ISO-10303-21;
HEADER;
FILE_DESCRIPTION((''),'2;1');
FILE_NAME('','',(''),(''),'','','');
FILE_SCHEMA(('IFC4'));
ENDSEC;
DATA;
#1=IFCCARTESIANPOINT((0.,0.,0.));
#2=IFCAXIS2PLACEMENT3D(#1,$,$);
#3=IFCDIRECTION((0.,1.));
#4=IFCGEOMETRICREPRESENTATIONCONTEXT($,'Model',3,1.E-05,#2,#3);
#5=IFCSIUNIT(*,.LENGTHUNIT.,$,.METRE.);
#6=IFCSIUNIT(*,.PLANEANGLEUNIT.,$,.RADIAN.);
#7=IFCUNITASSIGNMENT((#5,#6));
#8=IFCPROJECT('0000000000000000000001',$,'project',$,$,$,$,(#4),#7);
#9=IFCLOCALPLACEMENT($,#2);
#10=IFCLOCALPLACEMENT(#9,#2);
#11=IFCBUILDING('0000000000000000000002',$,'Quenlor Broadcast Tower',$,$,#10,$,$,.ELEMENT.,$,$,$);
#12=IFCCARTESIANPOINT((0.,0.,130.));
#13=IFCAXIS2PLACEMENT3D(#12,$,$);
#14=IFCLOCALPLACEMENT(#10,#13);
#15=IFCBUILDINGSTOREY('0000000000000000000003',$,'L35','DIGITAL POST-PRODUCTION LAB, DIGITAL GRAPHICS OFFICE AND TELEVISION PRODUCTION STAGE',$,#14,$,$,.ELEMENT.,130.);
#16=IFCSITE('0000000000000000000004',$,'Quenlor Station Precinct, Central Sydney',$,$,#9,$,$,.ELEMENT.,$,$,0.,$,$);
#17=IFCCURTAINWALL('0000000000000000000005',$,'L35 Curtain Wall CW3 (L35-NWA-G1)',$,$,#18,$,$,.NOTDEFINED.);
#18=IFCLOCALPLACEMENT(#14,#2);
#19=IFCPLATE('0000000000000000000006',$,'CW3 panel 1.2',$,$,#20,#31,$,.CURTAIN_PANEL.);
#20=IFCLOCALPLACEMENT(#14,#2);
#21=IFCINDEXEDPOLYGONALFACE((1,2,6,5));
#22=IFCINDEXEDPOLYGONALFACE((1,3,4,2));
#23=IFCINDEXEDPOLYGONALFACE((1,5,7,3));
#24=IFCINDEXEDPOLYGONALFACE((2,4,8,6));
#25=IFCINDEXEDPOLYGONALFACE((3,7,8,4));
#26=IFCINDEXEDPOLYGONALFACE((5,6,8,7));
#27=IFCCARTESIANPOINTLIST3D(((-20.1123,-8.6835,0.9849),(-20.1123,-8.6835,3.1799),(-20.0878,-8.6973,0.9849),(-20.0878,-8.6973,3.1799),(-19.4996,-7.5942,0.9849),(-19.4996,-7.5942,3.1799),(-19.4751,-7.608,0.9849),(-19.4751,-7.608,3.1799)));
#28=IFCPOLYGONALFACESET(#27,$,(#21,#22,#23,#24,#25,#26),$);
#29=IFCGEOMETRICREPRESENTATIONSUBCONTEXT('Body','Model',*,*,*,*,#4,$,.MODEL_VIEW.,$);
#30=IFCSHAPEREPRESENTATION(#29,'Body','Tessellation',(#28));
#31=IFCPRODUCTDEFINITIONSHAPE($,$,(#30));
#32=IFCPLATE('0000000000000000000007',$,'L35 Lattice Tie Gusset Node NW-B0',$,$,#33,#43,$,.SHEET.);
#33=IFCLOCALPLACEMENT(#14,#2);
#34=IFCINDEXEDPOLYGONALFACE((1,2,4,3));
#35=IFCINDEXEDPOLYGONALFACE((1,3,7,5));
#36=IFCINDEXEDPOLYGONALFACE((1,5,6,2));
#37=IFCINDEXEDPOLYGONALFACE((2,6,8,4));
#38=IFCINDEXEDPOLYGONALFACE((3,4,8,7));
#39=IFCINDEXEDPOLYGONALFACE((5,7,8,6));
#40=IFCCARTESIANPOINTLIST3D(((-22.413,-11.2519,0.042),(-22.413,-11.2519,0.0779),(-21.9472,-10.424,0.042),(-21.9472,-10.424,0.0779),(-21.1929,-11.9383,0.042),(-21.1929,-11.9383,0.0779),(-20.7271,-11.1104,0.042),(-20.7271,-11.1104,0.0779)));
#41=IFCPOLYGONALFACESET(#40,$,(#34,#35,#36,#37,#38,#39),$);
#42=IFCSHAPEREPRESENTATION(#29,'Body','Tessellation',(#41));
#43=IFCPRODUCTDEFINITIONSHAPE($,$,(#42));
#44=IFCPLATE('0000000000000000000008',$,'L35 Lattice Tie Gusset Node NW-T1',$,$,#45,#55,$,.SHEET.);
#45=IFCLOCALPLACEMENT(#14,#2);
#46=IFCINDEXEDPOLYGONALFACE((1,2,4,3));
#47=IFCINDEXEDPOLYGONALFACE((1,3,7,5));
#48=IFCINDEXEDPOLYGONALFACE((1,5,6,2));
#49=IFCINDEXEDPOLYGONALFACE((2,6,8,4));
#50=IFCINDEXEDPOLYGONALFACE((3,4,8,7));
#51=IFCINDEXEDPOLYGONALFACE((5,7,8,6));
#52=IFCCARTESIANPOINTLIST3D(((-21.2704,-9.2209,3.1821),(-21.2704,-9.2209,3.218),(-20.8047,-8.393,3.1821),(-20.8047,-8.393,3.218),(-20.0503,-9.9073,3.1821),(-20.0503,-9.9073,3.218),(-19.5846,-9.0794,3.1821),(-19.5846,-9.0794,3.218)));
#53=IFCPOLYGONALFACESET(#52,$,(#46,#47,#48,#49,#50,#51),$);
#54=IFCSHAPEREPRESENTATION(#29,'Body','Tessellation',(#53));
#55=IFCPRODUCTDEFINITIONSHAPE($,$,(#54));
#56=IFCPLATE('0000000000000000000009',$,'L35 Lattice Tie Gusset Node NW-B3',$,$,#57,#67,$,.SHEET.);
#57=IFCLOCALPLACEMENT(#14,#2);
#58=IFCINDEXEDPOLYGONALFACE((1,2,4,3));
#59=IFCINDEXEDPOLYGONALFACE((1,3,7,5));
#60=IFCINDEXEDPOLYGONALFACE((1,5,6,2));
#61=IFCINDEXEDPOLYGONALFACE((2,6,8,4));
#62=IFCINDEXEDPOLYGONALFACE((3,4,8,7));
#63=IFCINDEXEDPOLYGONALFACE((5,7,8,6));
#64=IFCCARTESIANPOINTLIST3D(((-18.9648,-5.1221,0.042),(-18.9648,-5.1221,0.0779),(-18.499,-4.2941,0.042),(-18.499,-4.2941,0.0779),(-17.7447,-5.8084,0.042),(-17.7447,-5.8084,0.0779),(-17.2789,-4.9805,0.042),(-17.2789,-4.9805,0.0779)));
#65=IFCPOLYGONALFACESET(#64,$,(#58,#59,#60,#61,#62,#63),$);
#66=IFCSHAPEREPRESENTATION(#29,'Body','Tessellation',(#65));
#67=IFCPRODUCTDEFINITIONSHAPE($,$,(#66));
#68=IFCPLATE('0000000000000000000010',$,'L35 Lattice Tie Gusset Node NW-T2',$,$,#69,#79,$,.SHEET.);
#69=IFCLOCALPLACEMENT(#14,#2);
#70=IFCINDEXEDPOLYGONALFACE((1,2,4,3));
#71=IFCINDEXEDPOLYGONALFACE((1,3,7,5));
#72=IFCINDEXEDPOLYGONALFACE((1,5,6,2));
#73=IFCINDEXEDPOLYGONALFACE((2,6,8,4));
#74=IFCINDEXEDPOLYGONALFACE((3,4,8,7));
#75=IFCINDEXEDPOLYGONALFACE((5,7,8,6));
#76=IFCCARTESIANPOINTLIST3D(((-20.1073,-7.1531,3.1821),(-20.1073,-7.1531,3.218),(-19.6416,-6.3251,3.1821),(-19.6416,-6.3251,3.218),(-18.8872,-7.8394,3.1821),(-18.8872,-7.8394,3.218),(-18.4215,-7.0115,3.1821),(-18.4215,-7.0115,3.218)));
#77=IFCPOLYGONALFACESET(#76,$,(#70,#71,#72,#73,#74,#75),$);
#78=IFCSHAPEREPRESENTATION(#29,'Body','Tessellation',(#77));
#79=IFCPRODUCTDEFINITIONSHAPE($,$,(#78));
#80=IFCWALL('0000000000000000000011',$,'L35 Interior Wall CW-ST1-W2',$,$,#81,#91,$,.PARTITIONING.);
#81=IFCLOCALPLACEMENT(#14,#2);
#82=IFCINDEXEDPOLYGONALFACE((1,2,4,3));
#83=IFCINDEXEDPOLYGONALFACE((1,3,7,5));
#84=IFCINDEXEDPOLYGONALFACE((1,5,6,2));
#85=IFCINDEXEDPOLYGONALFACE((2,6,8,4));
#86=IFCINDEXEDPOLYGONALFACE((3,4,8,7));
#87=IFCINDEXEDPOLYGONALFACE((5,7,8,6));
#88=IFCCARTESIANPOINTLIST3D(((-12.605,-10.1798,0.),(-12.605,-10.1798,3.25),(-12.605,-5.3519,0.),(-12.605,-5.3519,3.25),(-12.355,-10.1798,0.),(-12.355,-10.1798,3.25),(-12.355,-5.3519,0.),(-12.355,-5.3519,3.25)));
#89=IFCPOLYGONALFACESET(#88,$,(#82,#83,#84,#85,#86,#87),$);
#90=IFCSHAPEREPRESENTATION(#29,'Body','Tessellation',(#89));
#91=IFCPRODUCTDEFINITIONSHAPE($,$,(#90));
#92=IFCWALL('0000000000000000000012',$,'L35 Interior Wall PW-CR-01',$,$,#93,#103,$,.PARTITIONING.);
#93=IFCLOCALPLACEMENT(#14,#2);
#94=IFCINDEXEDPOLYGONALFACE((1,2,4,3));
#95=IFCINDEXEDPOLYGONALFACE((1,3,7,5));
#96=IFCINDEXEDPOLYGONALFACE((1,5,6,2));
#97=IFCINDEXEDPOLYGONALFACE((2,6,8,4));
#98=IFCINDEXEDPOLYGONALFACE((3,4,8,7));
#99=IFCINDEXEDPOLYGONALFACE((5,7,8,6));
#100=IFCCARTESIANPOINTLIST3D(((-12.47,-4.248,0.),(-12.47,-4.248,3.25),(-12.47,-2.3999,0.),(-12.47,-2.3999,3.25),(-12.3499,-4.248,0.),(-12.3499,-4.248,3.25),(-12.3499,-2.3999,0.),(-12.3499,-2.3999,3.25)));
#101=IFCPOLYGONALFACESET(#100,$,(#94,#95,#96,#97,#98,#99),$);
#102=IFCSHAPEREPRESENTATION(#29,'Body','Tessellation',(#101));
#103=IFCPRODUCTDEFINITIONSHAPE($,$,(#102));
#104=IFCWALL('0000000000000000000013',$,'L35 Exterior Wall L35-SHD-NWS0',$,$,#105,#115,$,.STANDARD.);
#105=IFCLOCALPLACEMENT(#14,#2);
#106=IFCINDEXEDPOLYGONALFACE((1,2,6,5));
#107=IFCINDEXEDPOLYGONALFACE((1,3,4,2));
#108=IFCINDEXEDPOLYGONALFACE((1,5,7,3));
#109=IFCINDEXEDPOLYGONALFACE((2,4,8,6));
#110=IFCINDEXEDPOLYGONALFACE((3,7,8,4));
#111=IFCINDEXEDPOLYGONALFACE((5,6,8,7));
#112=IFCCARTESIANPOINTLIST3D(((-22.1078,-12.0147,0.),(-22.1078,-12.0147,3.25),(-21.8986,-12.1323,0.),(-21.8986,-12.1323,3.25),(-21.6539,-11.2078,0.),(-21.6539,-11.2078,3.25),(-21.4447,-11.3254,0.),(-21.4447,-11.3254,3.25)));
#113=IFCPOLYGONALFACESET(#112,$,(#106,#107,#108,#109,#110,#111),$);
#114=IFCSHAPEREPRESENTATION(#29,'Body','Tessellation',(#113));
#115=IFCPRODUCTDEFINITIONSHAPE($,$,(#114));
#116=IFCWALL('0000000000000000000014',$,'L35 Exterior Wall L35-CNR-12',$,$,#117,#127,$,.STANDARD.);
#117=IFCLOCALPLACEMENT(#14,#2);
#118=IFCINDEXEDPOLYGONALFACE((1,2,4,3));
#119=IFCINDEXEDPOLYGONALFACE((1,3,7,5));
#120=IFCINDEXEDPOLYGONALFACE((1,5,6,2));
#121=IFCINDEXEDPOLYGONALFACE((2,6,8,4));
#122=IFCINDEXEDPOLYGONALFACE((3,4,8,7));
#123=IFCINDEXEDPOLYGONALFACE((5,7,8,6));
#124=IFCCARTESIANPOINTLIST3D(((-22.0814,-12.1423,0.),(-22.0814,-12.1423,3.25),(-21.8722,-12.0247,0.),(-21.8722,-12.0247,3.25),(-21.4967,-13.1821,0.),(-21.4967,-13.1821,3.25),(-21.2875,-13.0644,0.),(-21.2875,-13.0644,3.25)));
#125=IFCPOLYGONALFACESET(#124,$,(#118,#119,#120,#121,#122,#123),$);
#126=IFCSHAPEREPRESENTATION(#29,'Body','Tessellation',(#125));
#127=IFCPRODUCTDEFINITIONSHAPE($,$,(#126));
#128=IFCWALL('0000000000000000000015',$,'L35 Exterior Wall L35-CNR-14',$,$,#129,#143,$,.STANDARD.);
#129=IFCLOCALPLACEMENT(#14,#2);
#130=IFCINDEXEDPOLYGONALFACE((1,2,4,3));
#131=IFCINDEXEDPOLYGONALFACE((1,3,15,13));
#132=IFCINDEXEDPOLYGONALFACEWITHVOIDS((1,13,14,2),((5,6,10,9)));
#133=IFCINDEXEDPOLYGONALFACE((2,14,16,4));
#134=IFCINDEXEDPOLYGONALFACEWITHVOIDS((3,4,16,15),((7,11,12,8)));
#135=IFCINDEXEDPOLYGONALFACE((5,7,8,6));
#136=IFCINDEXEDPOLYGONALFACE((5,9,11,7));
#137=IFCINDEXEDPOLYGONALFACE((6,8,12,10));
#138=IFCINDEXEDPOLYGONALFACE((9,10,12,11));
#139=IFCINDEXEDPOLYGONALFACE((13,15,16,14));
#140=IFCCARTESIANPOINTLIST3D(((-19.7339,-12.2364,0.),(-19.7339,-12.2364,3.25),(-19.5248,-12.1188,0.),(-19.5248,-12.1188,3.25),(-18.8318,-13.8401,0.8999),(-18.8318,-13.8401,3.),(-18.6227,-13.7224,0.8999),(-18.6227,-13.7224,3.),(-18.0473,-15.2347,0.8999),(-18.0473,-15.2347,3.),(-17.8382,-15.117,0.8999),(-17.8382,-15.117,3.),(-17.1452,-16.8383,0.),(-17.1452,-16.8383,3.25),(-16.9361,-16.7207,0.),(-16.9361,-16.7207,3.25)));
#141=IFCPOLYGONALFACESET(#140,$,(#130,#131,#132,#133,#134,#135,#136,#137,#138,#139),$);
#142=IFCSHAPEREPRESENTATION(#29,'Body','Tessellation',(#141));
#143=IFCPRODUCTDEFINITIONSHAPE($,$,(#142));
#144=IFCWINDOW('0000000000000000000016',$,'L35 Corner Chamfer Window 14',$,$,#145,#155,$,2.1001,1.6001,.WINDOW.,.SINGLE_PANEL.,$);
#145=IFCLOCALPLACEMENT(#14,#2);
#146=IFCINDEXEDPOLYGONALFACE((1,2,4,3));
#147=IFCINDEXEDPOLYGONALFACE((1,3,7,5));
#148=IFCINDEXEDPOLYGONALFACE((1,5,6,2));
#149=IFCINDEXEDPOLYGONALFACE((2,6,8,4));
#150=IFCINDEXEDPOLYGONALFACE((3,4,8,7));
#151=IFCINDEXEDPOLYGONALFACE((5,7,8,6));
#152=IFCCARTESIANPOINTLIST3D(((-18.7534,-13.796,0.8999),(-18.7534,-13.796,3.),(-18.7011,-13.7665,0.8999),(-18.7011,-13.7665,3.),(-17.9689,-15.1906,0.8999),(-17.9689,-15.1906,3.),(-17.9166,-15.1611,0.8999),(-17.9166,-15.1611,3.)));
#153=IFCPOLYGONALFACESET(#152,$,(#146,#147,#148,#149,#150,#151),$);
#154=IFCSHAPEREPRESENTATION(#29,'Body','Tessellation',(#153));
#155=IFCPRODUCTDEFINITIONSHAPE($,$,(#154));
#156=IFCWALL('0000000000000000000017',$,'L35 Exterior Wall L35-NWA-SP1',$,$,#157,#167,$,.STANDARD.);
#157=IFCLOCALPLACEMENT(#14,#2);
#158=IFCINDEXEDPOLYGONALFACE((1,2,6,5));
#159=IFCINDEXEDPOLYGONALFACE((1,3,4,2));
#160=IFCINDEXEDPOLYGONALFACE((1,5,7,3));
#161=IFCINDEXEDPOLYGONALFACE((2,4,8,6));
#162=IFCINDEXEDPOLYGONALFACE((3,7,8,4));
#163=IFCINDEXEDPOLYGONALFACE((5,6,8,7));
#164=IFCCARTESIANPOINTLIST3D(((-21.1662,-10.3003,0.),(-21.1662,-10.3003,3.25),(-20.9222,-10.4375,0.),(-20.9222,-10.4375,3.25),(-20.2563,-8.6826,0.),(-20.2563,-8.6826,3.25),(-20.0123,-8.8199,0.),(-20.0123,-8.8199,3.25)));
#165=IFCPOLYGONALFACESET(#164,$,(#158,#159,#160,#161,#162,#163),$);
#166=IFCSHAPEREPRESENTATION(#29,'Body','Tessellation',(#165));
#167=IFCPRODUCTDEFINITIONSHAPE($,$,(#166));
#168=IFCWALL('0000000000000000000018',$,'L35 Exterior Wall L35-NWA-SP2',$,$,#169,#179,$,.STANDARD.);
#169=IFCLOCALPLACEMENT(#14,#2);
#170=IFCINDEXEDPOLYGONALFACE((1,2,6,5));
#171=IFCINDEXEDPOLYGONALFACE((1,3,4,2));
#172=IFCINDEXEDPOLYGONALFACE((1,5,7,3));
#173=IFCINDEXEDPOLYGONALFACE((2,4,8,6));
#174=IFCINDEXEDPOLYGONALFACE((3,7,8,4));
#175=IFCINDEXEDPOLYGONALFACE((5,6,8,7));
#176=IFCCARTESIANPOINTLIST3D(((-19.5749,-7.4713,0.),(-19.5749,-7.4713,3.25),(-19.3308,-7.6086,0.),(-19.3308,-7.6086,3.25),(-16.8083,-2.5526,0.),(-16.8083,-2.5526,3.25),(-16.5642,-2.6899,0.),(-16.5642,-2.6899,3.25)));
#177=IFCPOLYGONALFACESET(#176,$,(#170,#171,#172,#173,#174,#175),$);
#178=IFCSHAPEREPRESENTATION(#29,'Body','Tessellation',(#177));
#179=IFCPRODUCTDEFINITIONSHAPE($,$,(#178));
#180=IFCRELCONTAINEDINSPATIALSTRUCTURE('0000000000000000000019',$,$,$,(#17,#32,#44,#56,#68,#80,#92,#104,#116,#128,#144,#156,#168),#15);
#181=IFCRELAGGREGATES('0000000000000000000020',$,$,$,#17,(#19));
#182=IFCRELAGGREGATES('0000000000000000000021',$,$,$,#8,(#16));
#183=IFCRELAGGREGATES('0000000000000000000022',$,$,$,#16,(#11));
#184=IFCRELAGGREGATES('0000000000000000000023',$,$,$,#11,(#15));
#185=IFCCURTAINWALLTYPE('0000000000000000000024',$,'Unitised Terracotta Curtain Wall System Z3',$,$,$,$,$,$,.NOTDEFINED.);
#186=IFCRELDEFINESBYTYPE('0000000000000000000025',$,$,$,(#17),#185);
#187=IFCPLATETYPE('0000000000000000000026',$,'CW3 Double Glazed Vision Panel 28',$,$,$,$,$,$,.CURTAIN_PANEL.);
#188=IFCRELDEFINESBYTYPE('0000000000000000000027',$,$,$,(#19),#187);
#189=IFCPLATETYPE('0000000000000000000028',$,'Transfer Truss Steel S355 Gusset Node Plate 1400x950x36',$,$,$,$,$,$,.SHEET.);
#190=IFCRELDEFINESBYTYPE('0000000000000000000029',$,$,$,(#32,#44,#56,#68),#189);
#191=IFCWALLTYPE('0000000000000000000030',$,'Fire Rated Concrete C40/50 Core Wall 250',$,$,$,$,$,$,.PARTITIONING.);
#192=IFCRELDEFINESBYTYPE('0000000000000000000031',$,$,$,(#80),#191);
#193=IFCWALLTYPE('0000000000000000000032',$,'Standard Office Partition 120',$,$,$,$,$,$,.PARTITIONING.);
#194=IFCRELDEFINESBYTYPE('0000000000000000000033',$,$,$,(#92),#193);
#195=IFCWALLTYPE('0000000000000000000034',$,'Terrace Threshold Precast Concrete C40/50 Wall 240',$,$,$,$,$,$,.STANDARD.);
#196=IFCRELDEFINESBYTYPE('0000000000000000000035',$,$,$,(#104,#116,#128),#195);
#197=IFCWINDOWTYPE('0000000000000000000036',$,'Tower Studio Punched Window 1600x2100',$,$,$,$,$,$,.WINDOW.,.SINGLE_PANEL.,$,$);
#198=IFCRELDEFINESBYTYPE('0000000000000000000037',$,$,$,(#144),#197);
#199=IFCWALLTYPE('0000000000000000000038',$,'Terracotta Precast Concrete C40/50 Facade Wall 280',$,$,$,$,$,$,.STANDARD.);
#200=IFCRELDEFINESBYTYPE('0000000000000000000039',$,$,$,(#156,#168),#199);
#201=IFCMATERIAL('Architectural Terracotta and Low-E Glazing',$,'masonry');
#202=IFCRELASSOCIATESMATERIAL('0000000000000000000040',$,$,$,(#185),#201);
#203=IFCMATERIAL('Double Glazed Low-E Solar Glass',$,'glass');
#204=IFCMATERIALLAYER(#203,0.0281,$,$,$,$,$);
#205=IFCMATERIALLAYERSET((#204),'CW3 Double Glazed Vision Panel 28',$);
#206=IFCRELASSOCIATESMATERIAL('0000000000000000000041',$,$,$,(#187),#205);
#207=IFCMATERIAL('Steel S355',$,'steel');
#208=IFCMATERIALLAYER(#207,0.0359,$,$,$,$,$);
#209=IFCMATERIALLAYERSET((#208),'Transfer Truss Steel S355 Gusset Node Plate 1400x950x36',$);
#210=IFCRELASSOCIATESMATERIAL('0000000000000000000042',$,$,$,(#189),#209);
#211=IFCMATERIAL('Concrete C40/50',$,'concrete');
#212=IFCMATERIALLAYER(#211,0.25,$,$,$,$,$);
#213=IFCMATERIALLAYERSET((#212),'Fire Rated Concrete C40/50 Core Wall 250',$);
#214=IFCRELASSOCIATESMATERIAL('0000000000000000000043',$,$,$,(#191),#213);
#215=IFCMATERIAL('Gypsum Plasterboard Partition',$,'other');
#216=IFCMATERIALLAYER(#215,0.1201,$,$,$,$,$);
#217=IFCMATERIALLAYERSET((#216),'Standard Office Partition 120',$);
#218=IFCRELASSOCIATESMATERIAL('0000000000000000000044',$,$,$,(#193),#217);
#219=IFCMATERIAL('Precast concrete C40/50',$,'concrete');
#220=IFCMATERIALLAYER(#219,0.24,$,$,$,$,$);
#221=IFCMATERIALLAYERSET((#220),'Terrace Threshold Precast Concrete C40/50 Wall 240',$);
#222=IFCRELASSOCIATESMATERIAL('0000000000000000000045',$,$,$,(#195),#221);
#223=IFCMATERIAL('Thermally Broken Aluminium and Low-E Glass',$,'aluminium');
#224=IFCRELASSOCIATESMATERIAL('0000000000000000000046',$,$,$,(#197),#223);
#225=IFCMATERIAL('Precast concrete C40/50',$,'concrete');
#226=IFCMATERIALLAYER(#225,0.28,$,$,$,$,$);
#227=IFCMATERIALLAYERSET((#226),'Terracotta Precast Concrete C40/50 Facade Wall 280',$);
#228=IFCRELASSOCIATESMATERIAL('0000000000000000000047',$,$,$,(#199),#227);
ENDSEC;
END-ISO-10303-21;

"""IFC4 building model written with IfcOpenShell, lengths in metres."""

from ifc_helpers import new_model, si_unit, direction, frame, frame_2d, origin, origin_2d, place, context, subcontext, project, spatial, rectangle, extrude, material, layer, layer_set, type_object, element, fill, aggregate, save


model = new_model("IFC4")

# Units and contexts
model_context = context("Model", 3, precision=1e-05, world=origin(), true_north=direction((0.0, 1.0)))
body_context = subcontext(model_context, "Body", "Model", "MODEL_VIEW")
ifc_project = project(units=[si_unit("LENGTHUNIT", "METRE"), si_unit("PLANEANGLEUNIT", "RADIAN")], contexts=[model_context])

# Site, building, storey
site_placement = place(None, origin())
site = spatial("IfcSite", under=ifc_project, at=site_placement, Name="Quenlor Station Precinct, Central Sydney", CompositionType="ELEMENT", RefElevation=0.0)
building_placement = place(site_placement, origin())
building = spatial("IfcBuilding", under=site, at=building_placement, Name="Quenlor Broadcast Tower", CompositionType="ELEMENT")
storey_placement = place(building_placement, frame((0.0, 0.0, 130.0)))
storey = spatial("IfcBuildingStorey", under=building, at=storey_placement, Name="L35", Description="DIGITAL POST-PRODUCTION LAB, DIGITAL GRAPHICS OFFICE AND TELEVISION PRODUCTION STAGE", CompositionType="ELEMENT", Elevation=130.0)

# Curtain wall
ifc_material_1 = material(Name="Architectural Terracotta and Low-E Glazing", Category="masonry")
curtain_wall_type = type_object("IfcCurtainWallType", Name="Unitised Terracotta Curtain Wall System Z3", PredefinedType="NOTDEFINED", material=ifc_material_1)
curtain_wall_placement = place(storey_placement, origin())
curtain_wall = element("IfcCurtainWall", 1, at=curtain_wall_placement, inside=storey, type_object=curtain_wall_type, Name="L35 Curtain Wall CW3 (L35-NWA-G1)", PredefinedType="NOTDEFINED")

# Plate
ifc_material_2 = material(Name="Double Glazed Low-E Solar Glass", Category="glass")
ifc_layer_1 = layer(ifc_material_2, 0.0281)
ifc_layer_set_1 = layer_set([ifc_layer_1], Name="CW3 Double Glazed Vision Panel 28")
plate_type_1 = type_object("IfcPlateType", Name="CW3 Double Glazed Vision Panel 28", PredefinedType="CURTAIN_PANEL", material=ifc_layer_set_1)
plate_1_placement = place(storey_placement, frame((-19.7937, -8.1458, 0.9849), z_axis=(0.0, 0.0, 1.0), x_axis=(0.490261, 0.871576, 0.0)))
plate_1 = element("IfcPlate", 2, at=plate_1_placement, type_object=plate_type_1, Name="CW3 panel 1.2", PredefinedType="CURTAIN_PANEL", context=body_context, shape_type="SweptSolid", body=[
    extrude(rectangle(XDim=1.2498, YDim=0.0281, at=origin_2d()), origin(), (0.0, 0.0, 1.0), 2.1951),
])
aggregate(curtain_wall, [plate_1])

# Plates
ifc_material_3 = material(Name="Steel S355", Category="steel")
ifc_layer_2 = layer(ifc_material_3, 0.0359)
ifc_layer_set_2 = layer_set([ifc_layer_2], Name="Transfer Truss Steel S355 Gusset Node Plate 1400x950x36")
plate_type_2 = type_object("IfcPlateType", Name="Transfer Truss Steel S355 Gusset Node Plate 1400x950x36", PredefinedType="SHEET", material=ifc_layer_set_2)
for number, where, z_axis, x_axis, name in (
    (3, (-21.5701, -11.1812, 0.042), (0.0, 0.0, 1.0), (-0.871556, 0.490295, 0.0), "L35 Lattice Tie Gusset Node NW-B0"),
    (4, (-20.4275, -9.1501, 3.1821), (0.0, 0.0, 1.0), (-0.871556, 0.490295, 0.0), "L35 Lattice Tie Gusset Node NW-T1"),
    (5, (-18.1218, -5.0513, 0.042), (0.0, 0.0, 1.0), (-0.871556, 0.490295, 0.0), "L35 Lattice Tie Gusset Node NW-B3"),
    (6, (-19.2644, -7.0823, 3.1821), (0.0, 0.0, 1.0), (-0.871556, 0.490295, 0.0), "L35 Lattice Tie Gusset Node NW-T2"),
):
    element("IfcPlate", number, at=place(storey_placement, frame(where, z_axis=z_axis, x_axis=x_axis)), inside=storey, type_object=plate_type_2, Name=name, PredefinedType="SHEET", context=body_context, shape_type="SweptSolid", body=[
        extrude(rectangle(XDim=1.3999, YDim=0.95, at=origin_2d()), origin(), (0.0, 0.0, 1.0), 0.0359),
    ])

# Wall
ifc_material_4 = material(Name="Concrete C40/50", Category="concrete")
ifc_layer_3 = layer(ifc_material_4, 0.25)
ifc_layer_set_3 = layer_set([ifc_layer_3], Name="Fire Rated Concrete C40/50 Core Wall 250")
wall_type_1 = type_object("IfcWallType", Name="Fire Rated Concrete C40/50 Core Wall 250", PredefinedType="PARTITIONING", material=ifc_layer_set_3)
wall_1_placement = place(storey_placement, frame((-12.48, -10.1799, 0.0), z_axis=(0.0, 0.0, 1.0), x_axis=(0.0, 1.0, 0.0)))
element("IfcWall", 7, at=wall_1_placement, inside=storey, type_object=wall_type_1, Name="L35 Interior Wall CW-ST1-W2", PredefinedType="PARTITIONING", context=body_context, shape_type="SweptSolid", body=[
    extrude(rectangle(XDim=4.8279, YDim=0.25, at=frame_2d((2.4141, 0.0))), origin(), (0.0, 0.0, 1.0), 3.25),
])

# Walls
ifc_material_5 = material(Name="Gypsum Plasterboard Partition", Category="other")
ifc_layer_4 = layer(ifc_material_5, 0.1201)
ifc_layer_set_4 = layer_set([ifc_layer_4], Name="Standard Office Partition 120")
wall_type_2 = type_object("IfcWallType", Name="Standard Office Partition 120", PredefinedType="PARTITIONING", material=ifc_layer_set_4)
wall_2_placement = place(storey_placement, frame((-12.4099, -4.248, 0.0), z_axis=(0.0, 0.0, 1.0), x_axis=(0.0, 1.0, 0.0)))
element("IfcWall", 8, at=wall_2_placement, inside=storey, type_object=wall_type_2, Name="L35 Interior Wall PW-CR-01", PredefinedType="PARTITIONING", context=body_context, shape_type="SweptSolid", body=[
    extrude(rectangle(XDim=1.8481, YDim=0.1201, at=frame_2d((0.9241, 0.0))), origin(), (0.0, 0.0, 1.0), 3.25),
])
ifc_material_6 = material(Name="Precast concrete C40/50", Category="concrete")
ifc_layer_5 = layer(ifc_material_6, 0.24)
ifc_layer_set_5 = layer_set([ifc_layer_5], Name="Terrace Threshold Precast Concrete C40/50 Wall 240")
wall_type_3 = type_object("IfcWallType", Name="Terrace Threshold Precast Concrete C40/50 Wall 240", PredefinedType="STANDARD", material=ifc_layer_set_5)
wall_3_placement = place(storey_placement, frame((-22.0032, -12.0735, 0.0), z_axis=(0.0, 0.0, 1.0), x_axis=(0.490249, 0.871583, 0.0)))
element("IfcWall", 9, at=wall_3_placement, inside=storey, type_object=wall_type_3, Name="L35 Exterior Wall L35-SHD-NWS0", PredefinedType="STANDARD", context=body_context, shape_type="SweptSolid", body=[
    extrude(rectangle(XDim=0.9258, YDim=0.24, at=frame_2d((0.4629, 0.0))), origin(), (0.0, 0.0, 1.0), 3.25),
])
wall_4_placement = place(storey_placement, frame((-21.9768, -12.0835, 0.0), z_axis=(0.0, 0.0, 1.0), x_axis=(0.490154, -0.871636, 0.0)))
element("IfcWall", 10, at=wall_4_placement, inside=storey, type_object=wall_type_3, Name="L35 Exterior Wall L35-CNR-12", PredefinedType="STANDARD", context=body_context, shape_type="SweptSolid", body=[
    extrude(rectangle(XDim=1.1929, YDim=0.24, at=frame_2d((0.5964, 0.0))), origin(), (0.0, 0.0, 1.0), 3.25),
])

# Wall, opening, window
wall_5_placement = place(storey_placement, frame((-19.6294, -12.1775, 0.0), z_axis=(0.0, 0.0, 1.0), x_axis=(0.490277, -0.871567, 0.0)))
wall_5 = element("IfcWall", 11, at=wall_5_placement, inside=storey, type_object=wall_type_3, Name="L35 Exterior Wall L35-CNR-14", PredefinedType="STANDARD", context=body_context, shape_type="SweptSolid", body=[
    extrude(rectangle(XDim=5.28, YDim=0.24, at=frame_2d((2.6401, 0.0))), origin(), (0.0, 0.0, 1.0), 3.25),
])
opening_1_placement = place(wall_5_placement, frame((1.8401, 0.0, 0.8999)))
opening_1 = element("IfcOpeningElement", 12, at=opening_1_placement, cuts=wall_5, PredefinedType="OPENING", context=body_context, shape_type="SweptSolid", body=[
    extrude(rectangle(XDim=1.6001, YDim=2.1001, at=frame_2d((0.8, 1.05))), frame((0.0, 0.1299, 0.0), z_axis=(0.0, -1.0, 0.0), x_axis=(1.0, 0.0, 0.0)), (0.0, 0.0, 1.0), 0.26),
])
ifc_material_7 = material(Name="Thermally Broken Aluminium and Low-E Glass", Category="aluminium")
window_type = type_object("IfcWindowType", Name="Tower Studio Punched Window 1600x2100", PartitioningType="SINGLE_PANEL", PredefinedType="WINDOW", material=ifc_material_7)
window_placement = place(opening_1_placement, origin())
window = element("IfcWindow", 13, at=window_placement, inside=storey, type_object=window_type, Name="L35 Corner Chamfer Window 14", OverallHeight=2.1001, OverallWidth=1.6001, PartitioningType="SINGLE_PANEL", PredefinedType="WINDOW", context=body_context, shape_type="SweptSolid", body=[
    extrude(rectangle(XDim=1.6001, YDim=2.1001, at=frame_2d((0.8, 1.05))), frame((0.0, 0.03, 0.0), z_axis=(0.0, -1.0, 0.0), x_axis=(1.0, 0.0, 0.0)), (0.0, 0.0, 1.0), 0.0601),
])
fill(opening_1, window)

# Walls
ifc_material_8 = material(Name="Precast concrete C40/50", Category="concrete")
ifc_layer_6 = layer(ifc_material_8, 0.28)
ifc_layer_set_6 = layer_set([ifc_layer_6], Name="Terracotta Precast Concrete C40/50 Facade Wall 280")
wall_type_4 = type_object("IfcWallType", Name="Terracotta Precast Concrete C40/50 Facade Wall 280", PredefinedType="STANDARD", material=ifc_layer_set_6)
wall_6_placement = place(storey_placement, frame((-21.0442, -10.3689, 0.0), z_axis=(0.0, 0.0, 1.0), x_axis=(0.490249, 0.871583, 0.0)))
element("IfcWall", 14, at=wall_6_placement, inside=storey, type_object=wall_type_4, Name="L35 Exterior Wall L35-NWA-SP1", PredefinedType="STANDARD", context=body_context, shape_type="SweptSolid", body=[
    extrude(rectangle(XDim=1.856, YDim=0.28, at=frame_2d((0.928, 0.0))), origin(), (0.0, 0.0, 1.0), 3.25),
])
wall_7_placement = place(storey_placement, frame((-19.4529, -7.54, 0.0), z_axis=(0.0, 0.0, 1.0), x_axis=(0.490239, 0.871588, 0.0)))
element("IfcWall", 15, at=wall_7_placement, inside=storey, type_object=wall_type_4, Name="L35 Exterior Wall L35-NWA-SP2", PredefinedType="STANDARD", context=body_context, shape_type="SweptSolid", body=[
    extrude(rectangle(XDim=5.6433, YDim=0.28, at=frame_2d((2.8218, 0.0))), origin(), (0.0, 0.0, 1.0), 3.25),
])

save(model, "model.ifc")
